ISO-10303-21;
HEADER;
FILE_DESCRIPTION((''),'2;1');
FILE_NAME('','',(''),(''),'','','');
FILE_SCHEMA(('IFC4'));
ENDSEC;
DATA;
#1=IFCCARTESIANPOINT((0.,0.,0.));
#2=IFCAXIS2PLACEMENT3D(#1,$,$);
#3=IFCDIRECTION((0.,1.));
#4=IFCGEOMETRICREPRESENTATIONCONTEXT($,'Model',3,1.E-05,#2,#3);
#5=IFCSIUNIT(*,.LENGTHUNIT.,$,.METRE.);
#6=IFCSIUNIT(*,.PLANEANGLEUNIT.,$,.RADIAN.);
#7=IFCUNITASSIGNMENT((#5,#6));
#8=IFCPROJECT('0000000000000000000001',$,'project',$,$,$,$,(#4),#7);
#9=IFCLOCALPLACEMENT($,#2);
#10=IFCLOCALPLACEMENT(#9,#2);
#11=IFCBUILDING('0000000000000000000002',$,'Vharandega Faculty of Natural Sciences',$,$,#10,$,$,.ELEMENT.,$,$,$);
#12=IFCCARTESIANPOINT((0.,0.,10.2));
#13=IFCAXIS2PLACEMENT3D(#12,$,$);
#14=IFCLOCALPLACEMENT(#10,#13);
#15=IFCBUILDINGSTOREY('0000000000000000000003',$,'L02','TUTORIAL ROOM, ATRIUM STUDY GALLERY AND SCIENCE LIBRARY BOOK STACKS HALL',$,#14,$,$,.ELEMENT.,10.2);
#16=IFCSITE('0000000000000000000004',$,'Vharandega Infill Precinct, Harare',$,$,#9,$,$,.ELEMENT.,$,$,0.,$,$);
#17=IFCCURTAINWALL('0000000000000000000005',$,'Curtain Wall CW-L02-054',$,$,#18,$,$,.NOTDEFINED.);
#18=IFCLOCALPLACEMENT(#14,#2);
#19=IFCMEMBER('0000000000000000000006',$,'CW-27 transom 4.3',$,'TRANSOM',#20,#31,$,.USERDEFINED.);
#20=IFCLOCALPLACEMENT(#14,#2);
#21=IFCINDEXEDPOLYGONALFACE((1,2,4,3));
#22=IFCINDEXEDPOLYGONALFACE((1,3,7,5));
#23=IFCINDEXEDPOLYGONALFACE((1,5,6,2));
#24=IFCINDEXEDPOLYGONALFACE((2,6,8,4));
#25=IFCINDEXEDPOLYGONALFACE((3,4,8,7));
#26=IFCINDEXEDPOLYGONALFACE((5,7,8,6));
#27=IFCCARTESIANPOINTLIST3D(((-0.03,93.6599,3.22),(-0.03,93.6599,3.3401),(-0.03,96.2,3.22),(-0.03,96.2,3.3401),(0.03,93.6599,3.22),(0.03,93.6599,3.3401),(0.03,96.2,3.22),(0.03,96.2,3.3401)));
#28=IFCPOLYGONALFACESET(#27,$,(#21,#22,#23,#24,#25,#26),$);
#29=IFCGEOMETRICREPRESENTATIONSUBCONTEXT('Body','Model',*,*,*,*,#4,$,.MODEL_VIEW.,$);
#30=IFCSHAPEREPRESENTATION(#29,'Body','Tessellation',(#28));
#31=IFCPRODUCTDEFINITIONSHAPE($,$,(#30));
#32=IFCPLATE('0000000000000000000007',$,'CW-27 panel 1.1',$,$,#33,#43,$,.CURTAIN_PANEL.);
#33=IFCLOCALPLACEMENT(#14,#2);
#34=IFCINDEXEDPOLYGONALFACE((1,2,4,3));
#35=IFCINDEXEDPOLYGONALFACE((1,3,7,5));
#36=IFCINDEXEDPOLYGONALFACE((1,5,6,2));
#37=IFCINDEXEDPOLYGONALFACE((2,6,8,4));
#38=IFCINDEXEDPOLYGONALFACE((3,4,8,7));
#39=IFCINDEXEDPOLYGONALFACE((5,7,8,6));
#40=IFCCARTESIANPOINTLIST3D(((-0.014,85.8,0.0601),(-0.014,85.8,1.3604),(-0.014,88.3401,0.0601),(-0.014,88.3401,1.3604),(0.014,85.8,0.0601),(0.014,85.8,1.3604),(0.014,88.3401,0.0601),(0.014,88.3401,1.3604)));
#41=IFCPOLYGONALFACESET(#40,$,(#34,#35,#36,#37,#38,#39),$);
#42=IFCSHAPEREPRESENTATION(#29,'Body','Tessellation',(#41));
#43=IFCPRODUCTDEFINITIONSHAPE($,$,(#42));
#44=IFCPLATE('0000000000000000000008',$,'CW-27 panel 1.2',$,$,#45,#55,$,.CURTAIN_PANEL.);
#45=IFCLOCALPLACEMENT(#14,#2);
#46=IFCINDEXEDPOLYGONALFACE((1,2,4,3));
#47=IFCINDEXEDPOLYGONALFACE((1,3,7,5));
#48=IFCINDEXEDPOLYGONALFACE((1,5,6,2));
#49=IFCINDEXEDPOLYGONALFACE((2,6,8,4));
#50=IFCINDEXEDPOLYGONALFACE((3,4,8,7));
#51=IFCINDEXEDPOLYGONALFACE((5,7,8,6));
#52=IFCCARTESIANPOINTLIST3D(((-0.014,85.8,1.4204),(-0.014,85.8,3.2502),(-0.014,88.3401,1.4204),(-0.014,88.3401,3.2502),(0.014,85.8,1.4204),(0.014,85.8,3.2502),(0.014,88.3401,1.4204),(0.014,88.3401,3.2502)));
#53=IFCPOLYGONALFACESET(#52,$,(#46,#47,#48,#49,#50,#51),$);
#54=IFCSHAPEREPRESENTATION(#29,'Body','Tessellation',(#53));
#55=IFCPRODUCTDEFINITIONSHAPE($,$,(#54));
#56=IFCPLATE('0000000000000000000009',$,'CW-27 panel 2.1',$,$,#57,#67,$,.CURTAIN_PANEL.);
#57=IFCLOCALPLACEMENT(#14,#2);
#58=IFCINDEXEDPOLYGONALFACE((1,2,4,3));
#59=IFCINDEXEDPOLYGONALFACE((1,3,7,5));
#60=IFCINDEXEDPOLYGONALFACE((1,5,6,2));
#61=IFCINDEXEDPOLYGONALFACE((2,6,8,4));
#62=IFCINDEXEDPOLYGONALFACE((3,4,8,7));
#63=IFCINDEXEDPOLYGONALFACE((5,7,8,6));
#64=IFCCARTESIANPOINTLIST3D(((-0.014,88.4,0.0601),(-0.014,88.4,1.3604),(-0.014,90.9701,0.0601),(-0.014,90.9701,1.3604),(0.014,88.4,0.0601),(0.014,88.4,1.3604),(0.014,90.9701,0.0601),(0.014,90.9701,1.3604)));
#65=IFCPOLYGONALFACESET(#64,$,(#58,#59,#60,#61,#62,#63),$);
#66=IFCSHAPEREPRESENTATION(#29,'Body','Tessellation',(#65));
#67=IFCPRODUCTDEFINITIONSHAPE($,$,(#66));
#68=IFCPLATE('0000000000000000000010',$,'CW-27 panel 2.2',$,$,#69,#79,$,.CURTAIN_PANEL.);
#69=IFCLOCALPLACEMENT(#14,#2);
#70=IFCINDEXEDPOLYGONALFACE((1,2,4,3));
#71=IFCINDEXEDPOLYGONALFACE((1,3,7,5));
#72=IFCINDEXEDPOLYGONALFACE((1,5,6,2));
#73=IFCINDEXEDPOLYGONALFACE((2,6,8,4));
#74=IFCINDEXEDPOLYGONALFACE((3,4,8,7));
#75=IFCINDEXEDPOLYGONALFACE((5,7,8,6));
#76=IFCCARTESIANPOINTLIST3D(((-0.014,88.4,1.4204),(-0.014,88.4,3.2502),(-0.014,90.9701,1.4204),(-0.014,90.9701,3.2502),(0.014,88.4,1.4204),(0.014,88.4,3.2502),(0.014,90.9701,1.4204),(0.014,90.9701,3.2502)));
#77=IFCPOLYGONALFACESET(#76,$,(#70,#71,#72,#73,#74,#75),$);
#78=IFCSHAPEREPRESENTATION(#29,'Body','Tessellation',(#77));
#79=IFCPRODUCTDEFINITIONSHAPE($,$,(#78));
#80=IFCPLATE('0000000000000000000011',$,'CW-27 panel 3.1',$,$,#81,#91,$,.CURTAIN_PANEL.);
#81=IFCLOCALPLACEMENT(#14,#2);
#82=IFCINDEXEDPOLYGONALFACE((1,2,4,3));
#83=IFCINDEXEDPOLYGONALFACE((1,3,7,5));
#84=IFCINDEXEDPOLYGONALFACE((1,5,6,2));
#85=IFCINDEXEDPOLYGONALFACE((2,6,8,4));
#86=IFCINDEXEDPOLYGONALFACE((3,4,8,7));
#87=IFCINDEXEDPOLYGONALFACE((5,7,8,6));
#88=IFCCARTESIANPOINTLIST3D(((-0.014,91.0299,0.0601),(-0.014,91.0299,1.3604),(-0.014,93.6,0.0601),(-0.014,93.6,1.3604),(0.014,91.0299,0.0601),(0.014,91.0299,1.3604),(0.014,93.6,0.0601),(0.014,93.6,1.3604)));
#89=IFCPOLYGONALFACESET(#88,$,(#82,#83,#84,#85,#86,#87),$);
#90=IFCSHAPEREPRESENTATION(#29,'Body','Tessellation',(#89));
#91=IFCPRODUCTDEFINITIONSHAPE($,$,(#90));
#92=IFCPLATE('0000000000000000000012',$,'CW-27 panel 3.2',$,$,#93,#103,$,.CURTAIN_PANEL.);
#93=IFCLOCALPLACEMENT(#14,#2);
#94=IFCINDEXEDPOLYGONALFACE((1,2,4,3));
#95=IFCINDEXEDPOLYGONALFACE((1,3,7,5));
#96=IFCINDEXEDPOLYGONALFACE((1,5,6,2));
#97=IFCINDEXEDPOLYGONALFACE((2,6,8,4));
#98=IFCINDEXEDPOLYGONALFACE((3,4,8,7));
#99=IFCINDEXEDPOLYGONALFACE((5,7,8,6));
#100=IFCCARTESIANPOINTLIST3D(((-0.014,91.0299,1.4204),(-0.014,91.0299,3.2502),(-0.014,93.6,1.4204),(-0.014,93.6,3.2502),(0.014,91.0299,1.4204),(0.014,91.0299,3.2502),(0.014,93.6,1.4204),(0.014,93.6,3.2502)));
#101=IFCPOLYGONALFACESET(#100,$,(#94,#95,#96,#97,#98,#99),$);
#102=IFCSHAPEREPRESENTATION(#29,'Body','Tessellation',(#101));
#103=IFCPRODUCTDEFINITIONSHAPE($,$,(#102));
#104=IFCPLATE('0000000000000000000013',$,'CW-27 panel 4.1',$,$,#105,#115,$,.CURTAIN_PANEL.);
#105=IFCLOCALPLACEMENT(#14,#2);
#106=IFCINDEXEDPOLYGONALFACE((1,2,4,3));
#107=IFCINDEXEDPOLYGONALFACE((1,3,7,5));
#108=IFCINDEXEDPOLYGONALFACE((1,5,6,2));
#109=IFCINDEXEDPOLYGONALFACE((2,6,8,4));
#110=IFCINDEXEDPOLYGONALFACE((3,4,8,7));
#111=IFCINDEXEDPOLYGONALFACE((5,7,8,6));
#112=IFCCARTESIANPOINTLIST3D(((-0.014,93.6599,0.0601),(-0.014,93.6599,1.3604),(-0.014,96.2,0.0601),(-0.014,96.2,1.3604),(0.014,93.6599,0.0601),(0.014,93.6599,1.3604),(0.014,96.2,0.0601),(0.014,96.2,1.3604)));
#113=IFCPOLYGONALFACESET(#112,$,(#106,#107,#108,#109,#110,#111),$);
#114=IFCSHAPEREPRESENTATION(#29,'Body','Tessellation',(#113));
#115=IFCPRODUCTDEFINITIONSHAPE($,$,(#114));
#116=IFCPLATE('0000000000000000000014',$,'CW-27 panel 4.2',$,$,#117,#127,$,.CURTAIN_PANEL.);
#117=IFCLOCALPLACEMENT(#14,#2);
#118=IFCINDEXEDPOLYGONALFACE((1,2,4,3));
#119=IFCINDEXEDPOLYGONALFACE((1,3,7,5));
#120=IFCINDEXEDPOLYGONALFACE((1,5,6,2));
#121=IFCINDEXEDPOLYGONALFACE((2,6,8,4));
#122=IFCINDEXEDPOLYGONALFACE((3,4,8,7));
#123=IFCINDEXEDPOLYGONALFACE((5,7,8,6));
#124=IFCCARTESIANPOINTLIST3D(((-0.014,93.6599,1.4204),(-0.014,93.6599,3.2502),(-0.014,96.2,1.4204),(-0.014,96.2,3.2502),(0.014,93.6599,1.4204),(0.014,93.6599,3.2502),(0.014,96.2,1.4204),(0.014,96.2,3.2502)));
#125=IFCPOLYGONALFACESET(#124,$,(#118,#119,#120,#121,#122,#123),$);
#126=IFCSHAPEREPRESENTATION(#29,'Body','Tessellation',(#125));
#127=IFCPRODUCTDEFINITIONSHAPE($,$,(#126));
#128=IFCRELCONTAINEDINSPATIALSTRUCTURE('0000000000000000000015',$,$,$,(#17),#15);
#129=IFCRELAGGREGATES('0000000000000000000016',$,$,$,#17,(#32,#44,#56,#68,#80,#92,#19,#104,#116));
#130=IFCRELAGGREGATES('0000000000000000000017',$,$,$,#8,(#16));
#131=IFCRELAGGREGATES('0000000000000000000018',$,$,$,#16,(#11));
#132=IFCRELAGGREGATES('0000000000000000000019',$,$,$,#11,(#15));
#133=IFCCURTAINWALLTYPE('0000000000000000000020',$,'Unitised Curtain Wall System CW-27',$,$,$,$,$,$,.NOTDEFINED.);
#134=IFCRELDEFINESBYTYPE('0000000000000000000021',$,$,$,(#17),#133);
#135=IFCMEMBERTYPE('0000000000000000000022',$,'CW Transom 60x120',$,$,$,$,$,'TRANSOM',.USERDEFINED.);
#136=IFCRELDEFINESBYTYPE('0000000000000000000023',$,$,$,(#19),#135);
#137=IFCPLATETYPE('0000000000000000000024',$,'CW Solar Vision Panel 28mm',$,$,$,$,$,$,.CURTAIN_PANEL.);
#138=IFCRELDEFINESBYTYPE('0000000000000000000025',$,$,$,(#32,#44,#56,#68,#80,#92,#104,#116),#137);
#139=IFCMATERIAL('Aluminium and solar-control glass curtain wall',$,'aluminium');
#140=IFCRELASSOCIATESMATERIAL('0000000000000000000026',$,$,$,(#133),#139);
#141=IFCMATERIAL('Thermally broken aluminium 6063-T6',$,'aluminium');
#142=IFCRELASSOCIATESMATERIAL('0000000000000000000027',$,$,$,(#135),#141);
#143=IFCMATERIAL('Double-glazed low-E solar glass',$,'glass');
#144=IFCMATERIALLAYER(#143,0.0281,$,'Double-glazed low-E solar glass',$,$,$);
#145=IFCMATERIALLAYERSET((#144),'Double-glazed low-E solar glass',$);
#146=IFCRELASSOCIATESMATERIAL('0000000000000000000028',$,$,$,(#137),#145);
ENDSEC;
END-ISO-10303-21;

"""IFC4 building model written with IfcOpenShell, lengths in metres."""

from ifc_helpers import new_model, si_unit, direction, frame, origin, origin_2d, place, context, subcontext, project, spatial, rectangle, extrude, material, layer, layer_set, material_profile, profile_set, type_object, element, aggregate, save


model = new_model("IFC4")

# Units and contexts
model_context = context("Model", 3, precision=1e-05, world=origin(), true_north=direction((0.0, 1.0)))
body_context = subcontext(model_context, "Body", "Model", "MODEL_VIEW")
ifc_project = project(units=[si_unit("LENGTHUNIT", "METRE"), si_unit("PLANEANGLEUNIT", "RADIAN")], contexts=[model_context])

# Site, building, storey
site_placement = place(None, origin())
site = spatial("IfcSite", under=ifc_project, at=site_placement, Name="Vharandega Infill Precinct, Harare", CompositionType="ELEMENT", RefElevation=0.0)
building_placement = place(site_placement, origin())
building = spatial("IfcBuilding", under=site, at=building_placement, Name="Vharandega Faculty of Natural Sciences", CompositionType="ELEMENT")
storey_placement = place(building_placement, frame((0.0, 0.0, 10.2)))
storey = spatial("IfcBuildingStorey", under=building, at=storey_placement, Name="L02", Description="TUTORIAL ROOM, ATRIUM STUDY GALLERY AND SCIENCE LIBRARY BOOK STACKS HALL", CompositionType="ELEMENT", Elevation=10.2)

# Curtain wall, member, plates
ifc_material_1 = material(Name="Aluminium and solar-control glass curtain wall", Category="aluminium")
curtain_wall_type = type_object("IfcCurtainWallType", Name="Unitised Curtain Wall System CW-27", PredefinedType="NOTDEFINED", material=ifc_material_1)
curtain_wall_placement = place(storey_placement, origin())
curtain_wall = element("IfcCurtainWall", 1, at=curtain_wall_placement, inside=storey, type_object=curtain_wall_type, Name="Curtain Wall CW-L02-054", PredefinedType="NOTDEFINED")
ifc_material_2 = material(Name="Thermally broken aluminium 6063-T6", Category="aluminium")
ifc_material_profile_1 = material_profile(ifc_material_2, rectangle(XDim=0.0601, YDim=0.1201, at=origin_2d()), Name="ALU 60x120")
ifc_profile_set_1 = profile_set([ifc_material_profile_1], Name="Thermally broken aluminium 6063-T6")
member_type_1 = type_object("IfcMemberType", Name="CW Transom 60x120", ElementType="TRANSOM", PredefinedType="USERDEFINED", material=ifc_profile_set_1)
member_1_placement = place(storey_placement, frame((0.0, 93.6599, 3.28), z_axis=(0.0, 1.0, 0.0), x_axis=(-1.0, 0.0, 0.0)))
member_1 = element("IfcMember", 2, at=member_1_placement, type_object=member_type_1, Name="CW-27 transom 4.3", ObjectType="TRANSOM", PredefinedType="USERDEFINED", context=body_context, shape_type="SweptSolid", body=[
    extrude(rectangle(XDim=0.0601, YDim=0.1201, at=origin_2d()), origin(), (0.0, 0.0, 1.0), 2.54),
])
ifc_material_3 = material(Name="Double-glazed low-E solar glass", Category="glass")
ifc_layer = layer(ifc_material_3, 0.0281, Name="Double-glazed low-E solar glass")
ifc_layer_set = layer_set([ifc_layer], Name="Double-glazed low-E solar glass")
plate_type = type_object("IfcPlateType", Name="CW Solar Vision Panel 28mm", PredefinedType="CURTAIN_PANEL", material=ifc_layer_set)
plate_1_placement = place(storey_placement, frame((0.0, 87.0701, 0.0601), z_axis=(0.0, 0.0, 1.0), x_axis=(0.0, 1.0, 0.0)))
plate_1 = element("IfcPlate", 3, at=plate_1_placement, type_object=plate_type, Name="CW-27 panel 1.1", PredefinedType="CURTAIN_PANEL", context=body_context, shape_type="SweptSolid", body=[
    extrude(rectangle(XDim=2.54, YDim=0.0281, at=origin_2d()), origin(), (0.0, 0.0, 1.0), 1.3003),
])
plate_2_placement = place(storey_placement, frame((0.0, 87.0701, 1.4204), z_axis=(0.0, 0.0, 1.0), x_axis=(0.0, 1.0, 0.0)))
plate_2 = element("IfcPlate", 4, at=plate_2_placement, type_object=plate_type, Name="CW-27 panel 1.2", PredefinedType="CURTAIN_PANEL", context=body_context, shape_type="SweptSolid", body=[
    extrude(rectangle(XDim=2.54, YDim=0.0281, at=origin_2d()), origin(), (0.0, 0.0, 1.0), 1.8298),
])
plate_3_placement = place(storey_placement, frame((0.0, 89.6851, 0.0601), z_axis=(0.0, 0.0, 1.0), x_axis=(0.0, 1.0, 0.0)))
plate_3 = element("IfcPlate", 5, at=plate_3_placement, type_object=plate_type, Name="CW-27 panel 2.1", PredefinedType="CURTAIN_PANEL", context=body_context, shape_type="SweptSolid", body=[
    extrude(rectangle(XDim=2.5701, YDim=0.0281, at=origin_2d()), origin(), (0.0, 0.0, 1.0), 1.3003),
])
plate_4_placement = place(storey_placement, frame((0.0, 89.6851, 1.4204), z_axis=(0.0, 0.0, 1.0), x_axis=(0.0, 1.0, 0.0)))
plate_4 = element("IfcPlate", 6, at=plate_4_placement, type_object=plate_type, Name="CW-27 panel 2.2", PredefinedType="CURTAIN_PANEL", context=body_context, shape_type="SweptSolid", body=[
    extrude(rectangle(XDim=2.5701, YDim=0.0281, at=origin_2d()), origin(), (0.0, 0.0, 1.0), 1.8298),
])
plate_5_placement = place(storey_placement, frame((0.0, 92.3149, 0.0601), z_axis=(0.0, 0.0, 1.0), x_axis=(0.0, 1.0, 0.0)))
plate_5 = element("IfcPlate", 7, at=plate_5_placement, type_object=plate_type, Name="CW-27 panel 3.1", PredefinedType="CURTAIN_PANEL", context=body_context, shape_type="SweptSolid", body=[
    extrude(rectangle(XDim=2.5701, YDim=0.0281, at=origin_2d()), origin(), (0.0, 0.0, 1.0), 1.3003),
])
plate_6_placement = place(storey_placement, frame((0.0, 92.3149, 1.4204), z_axis=(0.0, 0.0, 1.0), x_axis=(0.0, 1.0, 0.0)))
plate_6 = element("IfcPlate", 8, at=plate_6_placement, type_object=plate_type, Name="CW-27 panel 3.2", PredefinedType="CURTAIN_PANEL", context=body_context, shape_type="SweptSolid", body=[
    extrude(rectangle(XDim=2.5701, YDim=0.0281, at=origin_2d()), origin(), (0.0, 0.0, 1.0), 1.8298),
])
plate_7_placement = place(storey_placement, frame((0.0, 94.9299, 0.0601), z_axis=(0.0, 0.0, 1.0), x_axis=(0.0, 1.0, 0.0)))
plate_7 = element("IfcPlate", 9, at=plate_7_placement, type_object=plate_type, Name="CW-27 panel 4.1", PredefinedType="CURTAIN_PANEL", context=body_context, shape_type="SweptSolid", body=[
    extrude(rectangle(XDim=2.54, YDim=0.0281, at=origin_2d()), origin(), (0.0, 0.0, 1.0), 1.3003),
])
plate_8_placement = place(storey_placement, frame((0.0, 94.9299, 1.4204), z_axis=(0.0, 0.0, 1.0), x_axis=(0.0, 1.0, 0.0)))
plate_8 = element("IfcPlate", 10, at=plate_8_placement, type_object=plate_type, Name="CW-27 panel 4.2", PredefinedType="CURTAIN_PANEL", context=body_context, shape_type="SweptSolid", body=[
    extrude(rectangle(XDim=2.54, YDim=0.0281, at=origin_2d()), origin(), (0.0, 0.0, 1.0), 1.8298),
])
aggregate(curtain_wall, [plate_1, plate_2, plate_3, plate_4, plate_5, plate_6, member_1, plate_7, plate_8])

save(model, "model.ifc")
